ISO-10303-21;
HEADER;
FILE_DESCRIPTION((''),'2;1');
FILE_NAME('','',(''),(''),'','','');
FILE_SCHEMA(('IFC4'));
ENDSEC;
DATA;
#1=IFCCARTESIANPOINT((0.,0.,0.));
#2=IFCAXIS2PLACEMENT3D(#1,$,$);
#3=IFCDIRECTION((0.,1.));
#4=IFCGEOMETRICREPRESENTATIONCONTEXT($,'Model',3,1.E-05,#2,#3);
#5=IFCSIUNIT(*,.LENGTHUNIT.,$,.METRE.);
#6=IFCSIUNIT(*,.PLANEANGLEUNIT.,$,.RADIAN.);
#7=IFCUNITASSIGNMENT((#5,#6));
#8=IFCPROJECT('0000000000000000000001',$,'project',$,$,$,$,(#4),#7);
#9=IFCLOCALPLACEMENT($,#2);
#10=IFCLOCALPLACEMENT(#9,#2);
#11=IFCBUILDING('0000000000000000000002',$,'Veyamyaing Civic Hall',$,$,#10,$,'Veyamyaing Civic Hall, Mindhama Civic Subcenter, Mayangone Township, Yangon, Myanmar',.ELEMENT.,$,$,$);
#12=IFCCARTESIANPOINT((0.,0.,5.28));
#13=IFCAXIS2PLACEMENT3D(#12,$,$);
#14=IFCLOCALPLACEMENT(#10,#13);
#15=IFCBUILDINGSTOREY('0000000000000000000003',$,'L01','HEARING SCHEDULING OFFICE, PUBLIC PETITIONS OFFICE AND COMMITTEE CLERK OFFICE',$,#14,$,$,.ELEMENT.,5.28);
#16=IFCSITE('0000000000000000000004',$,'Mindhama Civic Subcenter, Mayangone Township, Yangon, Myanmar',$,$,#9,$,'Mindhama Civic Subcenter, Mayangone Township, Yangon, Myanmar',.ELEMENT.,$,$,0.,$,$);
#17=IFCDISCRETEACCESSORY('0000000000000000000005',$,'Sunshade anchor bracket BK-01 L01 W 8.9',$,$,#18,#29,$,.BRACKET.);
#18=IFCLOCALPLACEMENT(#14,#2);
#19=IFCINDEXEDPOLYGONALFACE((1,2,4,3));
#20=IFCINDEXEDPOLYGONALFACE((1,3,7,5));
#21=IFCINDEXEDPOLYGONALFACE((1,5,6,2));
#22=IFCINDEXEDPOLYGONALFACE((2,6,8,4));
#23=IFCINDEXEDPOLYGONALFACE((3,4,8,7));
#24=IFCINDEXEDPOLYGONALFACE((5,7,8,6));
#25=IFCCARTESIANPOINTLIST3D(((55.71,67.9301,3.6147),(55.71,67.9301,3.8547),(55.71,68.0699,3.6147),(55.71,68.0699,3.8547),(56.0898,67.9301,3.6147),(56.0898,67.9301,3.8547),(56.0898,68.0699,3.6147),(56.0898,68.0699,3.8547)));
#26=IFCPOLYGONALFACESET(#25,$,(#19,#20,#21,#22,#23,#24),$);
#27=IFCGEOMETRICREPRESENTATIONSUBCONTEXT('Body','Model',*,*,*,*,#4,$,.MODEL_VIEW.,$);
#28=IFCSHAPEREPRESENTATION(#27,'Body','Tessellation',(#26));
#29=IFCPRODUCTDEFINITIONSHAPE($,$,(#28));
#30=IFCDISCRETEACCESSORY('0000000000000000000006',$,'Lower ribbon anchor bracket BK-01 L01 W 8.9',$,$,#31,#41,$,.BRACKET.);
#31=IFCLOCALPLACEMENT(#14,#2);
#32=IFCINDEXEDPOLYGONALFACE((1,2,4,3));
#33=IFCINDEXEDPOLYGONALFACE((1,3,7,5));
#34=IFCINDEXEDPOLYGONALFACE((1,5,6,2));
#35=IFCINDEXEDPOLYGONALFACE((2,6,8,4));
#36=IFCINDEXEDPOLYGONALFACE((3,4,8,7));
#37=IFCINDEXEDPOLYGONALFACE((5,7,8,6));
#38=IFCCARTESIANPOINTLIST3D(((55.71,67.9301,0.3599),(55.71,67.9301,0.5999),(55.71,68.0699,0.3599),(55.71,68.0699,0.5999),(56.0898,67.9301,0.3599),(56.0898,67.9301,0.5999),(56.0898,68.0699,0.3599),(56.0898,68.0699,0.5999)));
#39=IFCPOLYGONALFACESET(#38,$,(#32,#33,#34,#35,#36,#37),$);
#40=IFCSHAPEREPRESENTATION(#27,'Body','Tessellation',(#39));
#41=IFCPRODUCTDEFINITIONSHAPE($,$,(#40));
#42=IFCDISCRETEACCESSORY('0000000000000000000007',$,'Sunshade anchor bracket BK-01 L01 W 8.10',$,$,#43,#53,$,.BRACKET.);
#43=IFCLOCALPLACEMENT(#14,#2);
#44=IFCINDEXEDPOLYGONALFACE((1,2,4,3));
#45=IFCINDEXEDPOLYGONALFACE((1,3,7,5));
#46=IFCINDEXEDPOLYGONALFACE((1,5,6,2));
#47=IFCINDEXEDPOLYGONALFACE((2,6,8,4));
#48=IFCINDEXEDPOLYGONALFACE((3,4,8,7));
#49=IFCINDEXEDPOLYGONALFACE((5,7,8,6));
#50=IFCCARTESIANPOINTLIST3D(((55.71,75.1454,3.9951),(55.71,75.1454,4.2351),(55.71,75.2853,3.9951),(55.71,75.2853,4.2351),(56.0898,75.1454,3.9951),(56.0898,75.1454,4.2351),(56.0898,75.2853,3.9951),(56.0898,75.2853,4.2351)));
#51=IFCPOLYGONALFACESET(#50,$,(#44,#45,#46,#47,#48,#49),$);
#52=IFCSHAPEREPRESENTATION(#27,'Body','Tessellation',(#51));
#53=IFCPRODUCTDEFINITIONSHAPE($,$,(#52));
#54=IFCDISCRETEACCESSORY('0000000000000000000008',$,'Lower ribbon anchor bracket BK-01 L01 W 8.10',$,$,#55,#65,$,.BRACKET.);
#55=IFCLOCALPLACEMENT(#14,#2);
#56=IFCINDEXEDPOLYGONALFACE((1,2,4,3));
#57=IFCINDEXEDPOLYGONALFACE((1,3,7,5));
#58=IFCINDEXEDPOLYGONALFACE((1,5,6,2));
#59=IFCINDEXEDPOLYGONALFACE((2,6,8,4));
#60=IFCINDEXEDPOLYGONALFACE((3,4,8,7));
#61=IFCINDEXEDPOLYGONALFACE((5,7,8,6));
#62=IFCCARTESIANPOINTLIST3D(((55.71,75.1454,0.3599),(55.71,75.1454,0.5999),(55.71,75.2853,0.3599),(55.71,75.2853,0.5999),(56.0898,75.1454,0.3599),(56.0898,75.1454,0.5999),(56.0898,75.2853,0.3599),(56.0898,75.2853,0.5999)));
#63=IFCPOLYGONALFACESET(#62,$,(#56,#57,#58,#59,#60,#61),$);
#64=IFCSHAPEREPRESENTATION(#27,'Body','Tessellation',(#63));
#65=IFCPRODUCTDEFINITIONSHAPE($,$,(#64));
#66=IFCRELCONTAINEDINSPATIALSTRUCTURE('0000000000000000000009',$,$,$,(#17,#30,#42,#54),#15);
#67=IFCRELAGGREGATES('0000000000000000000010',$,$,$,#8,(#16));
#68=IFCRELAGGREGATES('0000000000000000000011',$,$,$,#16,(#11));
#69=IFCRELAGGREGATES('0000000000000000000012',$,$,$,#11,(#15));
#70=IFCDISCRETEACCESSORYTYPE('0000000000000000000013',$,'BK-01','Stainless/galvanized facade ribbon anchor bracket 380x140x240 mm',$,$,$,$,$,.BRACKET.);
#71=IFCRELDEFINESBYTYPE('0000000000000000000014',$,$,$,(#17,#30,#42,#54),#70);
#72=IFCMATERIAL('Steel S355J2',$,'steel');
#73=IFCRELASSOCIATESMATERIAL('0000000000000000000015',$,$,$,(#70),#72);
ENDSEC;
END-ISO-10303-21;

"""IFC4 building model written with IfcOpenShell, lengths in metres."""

from ifc_helpers import new_model, si_unit, direction, frame, origin, origin_2d, place, context, subcontext, project, spatial, rectangle, extrude, material, type_object, element, save


model = new_model("IFC4")

# Units and contexts
model_context = context("Model", 3, precision=1e-05, world=origin(), true_north=direction((0.0, 1.0)))
body_context = subcontext(model_context, "Body", "Model", "MODEL_VIEW")
ifc_project = project(units=[si_unit("LENGTHUNIT", "METRE"), si_unit("PLANEANGLEUNIT", "RADIAN")], contexts=[model_context])

# Site, building, storey
site_placement = place(None, origin())
site = spatial("IfcSite", under=ifc_project, at=site_placement, Name="Mindhama Civic Subcenter, Mayangone Township, Yangon, Myanmar", LongName="Mindhama Civic Subcenter, Mayangone Township, Yangon, Myanmar", CompositionType="ELEMENT", RefElevation=0.0)
building_placement = place(site_placement, origin())
building = spatial("IfcBuilding", under=site, at=building_placement, Name="Veyamyaing Civic Hall", LongName="Veyamyaing Civic Hall, Mindhama Civic Subcenter, Mayangone Township, Yangon, Myanmar", CompositionType="ELEMENT")
storey_placement = place(building_placement, frame((0.0, 0.0, 5.28)))
storey = spatial("IfcBuildingStorey", under=building, at=storey_placement, Name="L01", Description="HEARING SCHEDULING OFFICE, PUBLIC PETITIONS OFFICE AND COMMITTEE CLERK OFFICE", CompositionType="ELEMENT", Elevation=5.28)

# Discrete accessories
ifc_material_1 = material(Name="Steel S355J2", Category="steel")
discrete_accessory_type = type_object("IfcDiscreteAccessoryType", Name="BK-01", Description="Stainless/galvanized facade ribbon anchor bracket 380x140x240 mm", PredefinedType="BRACKET", material=ifc_material_1)
for number, where, z_axis, x_axis, name in (
    (1, (55.8999, 68.0, 3.6147), (0.0, 0.0, 1.0), (-1.0, 0.0, 0.0), "Sunshade anchor bracket BK-01 L01 W 8.9"),
    (2, (55.8999, 68.0, 0.3599), (0.0, 0.0, 1.0), (-1.0, 0.0, 0.0), "Lower ribbon anchor bracket BK-01 L01 W 8.9"),
    (3, (55.8999, 75.2153, 3.9951), (0.0, 0.0, 1.0), (-1.0, 0.0, 0.0), "Sunshade anchor bracket BK-01 L01 W 8.10"),
    (4, (55.8999, 75.2153, 0.3599), (0.0, 0.0, 1.0), (-1.0, 0.0, 0.0), "Lower ribbon anchor bracket BK-01 L01 W 8.10"),
):
    element("IfcDiscreteAccessory", number, at=place(storey_placement, frame(where, z_axis=z_axis, x_axis=x_axis)), inside=storey, type_object=discrete_accessory_type, Name=name, PredefinedType="BRACKET", context=body_context, shape_type="SweptSolid", body=[
        extrude(rectangle(XDim=0.3799, YDim=0.1399, at=origin_2d()), origin(), (0.0, 0.0, 1.0), 0.24),
    ])

save(model, "model.ifc")
